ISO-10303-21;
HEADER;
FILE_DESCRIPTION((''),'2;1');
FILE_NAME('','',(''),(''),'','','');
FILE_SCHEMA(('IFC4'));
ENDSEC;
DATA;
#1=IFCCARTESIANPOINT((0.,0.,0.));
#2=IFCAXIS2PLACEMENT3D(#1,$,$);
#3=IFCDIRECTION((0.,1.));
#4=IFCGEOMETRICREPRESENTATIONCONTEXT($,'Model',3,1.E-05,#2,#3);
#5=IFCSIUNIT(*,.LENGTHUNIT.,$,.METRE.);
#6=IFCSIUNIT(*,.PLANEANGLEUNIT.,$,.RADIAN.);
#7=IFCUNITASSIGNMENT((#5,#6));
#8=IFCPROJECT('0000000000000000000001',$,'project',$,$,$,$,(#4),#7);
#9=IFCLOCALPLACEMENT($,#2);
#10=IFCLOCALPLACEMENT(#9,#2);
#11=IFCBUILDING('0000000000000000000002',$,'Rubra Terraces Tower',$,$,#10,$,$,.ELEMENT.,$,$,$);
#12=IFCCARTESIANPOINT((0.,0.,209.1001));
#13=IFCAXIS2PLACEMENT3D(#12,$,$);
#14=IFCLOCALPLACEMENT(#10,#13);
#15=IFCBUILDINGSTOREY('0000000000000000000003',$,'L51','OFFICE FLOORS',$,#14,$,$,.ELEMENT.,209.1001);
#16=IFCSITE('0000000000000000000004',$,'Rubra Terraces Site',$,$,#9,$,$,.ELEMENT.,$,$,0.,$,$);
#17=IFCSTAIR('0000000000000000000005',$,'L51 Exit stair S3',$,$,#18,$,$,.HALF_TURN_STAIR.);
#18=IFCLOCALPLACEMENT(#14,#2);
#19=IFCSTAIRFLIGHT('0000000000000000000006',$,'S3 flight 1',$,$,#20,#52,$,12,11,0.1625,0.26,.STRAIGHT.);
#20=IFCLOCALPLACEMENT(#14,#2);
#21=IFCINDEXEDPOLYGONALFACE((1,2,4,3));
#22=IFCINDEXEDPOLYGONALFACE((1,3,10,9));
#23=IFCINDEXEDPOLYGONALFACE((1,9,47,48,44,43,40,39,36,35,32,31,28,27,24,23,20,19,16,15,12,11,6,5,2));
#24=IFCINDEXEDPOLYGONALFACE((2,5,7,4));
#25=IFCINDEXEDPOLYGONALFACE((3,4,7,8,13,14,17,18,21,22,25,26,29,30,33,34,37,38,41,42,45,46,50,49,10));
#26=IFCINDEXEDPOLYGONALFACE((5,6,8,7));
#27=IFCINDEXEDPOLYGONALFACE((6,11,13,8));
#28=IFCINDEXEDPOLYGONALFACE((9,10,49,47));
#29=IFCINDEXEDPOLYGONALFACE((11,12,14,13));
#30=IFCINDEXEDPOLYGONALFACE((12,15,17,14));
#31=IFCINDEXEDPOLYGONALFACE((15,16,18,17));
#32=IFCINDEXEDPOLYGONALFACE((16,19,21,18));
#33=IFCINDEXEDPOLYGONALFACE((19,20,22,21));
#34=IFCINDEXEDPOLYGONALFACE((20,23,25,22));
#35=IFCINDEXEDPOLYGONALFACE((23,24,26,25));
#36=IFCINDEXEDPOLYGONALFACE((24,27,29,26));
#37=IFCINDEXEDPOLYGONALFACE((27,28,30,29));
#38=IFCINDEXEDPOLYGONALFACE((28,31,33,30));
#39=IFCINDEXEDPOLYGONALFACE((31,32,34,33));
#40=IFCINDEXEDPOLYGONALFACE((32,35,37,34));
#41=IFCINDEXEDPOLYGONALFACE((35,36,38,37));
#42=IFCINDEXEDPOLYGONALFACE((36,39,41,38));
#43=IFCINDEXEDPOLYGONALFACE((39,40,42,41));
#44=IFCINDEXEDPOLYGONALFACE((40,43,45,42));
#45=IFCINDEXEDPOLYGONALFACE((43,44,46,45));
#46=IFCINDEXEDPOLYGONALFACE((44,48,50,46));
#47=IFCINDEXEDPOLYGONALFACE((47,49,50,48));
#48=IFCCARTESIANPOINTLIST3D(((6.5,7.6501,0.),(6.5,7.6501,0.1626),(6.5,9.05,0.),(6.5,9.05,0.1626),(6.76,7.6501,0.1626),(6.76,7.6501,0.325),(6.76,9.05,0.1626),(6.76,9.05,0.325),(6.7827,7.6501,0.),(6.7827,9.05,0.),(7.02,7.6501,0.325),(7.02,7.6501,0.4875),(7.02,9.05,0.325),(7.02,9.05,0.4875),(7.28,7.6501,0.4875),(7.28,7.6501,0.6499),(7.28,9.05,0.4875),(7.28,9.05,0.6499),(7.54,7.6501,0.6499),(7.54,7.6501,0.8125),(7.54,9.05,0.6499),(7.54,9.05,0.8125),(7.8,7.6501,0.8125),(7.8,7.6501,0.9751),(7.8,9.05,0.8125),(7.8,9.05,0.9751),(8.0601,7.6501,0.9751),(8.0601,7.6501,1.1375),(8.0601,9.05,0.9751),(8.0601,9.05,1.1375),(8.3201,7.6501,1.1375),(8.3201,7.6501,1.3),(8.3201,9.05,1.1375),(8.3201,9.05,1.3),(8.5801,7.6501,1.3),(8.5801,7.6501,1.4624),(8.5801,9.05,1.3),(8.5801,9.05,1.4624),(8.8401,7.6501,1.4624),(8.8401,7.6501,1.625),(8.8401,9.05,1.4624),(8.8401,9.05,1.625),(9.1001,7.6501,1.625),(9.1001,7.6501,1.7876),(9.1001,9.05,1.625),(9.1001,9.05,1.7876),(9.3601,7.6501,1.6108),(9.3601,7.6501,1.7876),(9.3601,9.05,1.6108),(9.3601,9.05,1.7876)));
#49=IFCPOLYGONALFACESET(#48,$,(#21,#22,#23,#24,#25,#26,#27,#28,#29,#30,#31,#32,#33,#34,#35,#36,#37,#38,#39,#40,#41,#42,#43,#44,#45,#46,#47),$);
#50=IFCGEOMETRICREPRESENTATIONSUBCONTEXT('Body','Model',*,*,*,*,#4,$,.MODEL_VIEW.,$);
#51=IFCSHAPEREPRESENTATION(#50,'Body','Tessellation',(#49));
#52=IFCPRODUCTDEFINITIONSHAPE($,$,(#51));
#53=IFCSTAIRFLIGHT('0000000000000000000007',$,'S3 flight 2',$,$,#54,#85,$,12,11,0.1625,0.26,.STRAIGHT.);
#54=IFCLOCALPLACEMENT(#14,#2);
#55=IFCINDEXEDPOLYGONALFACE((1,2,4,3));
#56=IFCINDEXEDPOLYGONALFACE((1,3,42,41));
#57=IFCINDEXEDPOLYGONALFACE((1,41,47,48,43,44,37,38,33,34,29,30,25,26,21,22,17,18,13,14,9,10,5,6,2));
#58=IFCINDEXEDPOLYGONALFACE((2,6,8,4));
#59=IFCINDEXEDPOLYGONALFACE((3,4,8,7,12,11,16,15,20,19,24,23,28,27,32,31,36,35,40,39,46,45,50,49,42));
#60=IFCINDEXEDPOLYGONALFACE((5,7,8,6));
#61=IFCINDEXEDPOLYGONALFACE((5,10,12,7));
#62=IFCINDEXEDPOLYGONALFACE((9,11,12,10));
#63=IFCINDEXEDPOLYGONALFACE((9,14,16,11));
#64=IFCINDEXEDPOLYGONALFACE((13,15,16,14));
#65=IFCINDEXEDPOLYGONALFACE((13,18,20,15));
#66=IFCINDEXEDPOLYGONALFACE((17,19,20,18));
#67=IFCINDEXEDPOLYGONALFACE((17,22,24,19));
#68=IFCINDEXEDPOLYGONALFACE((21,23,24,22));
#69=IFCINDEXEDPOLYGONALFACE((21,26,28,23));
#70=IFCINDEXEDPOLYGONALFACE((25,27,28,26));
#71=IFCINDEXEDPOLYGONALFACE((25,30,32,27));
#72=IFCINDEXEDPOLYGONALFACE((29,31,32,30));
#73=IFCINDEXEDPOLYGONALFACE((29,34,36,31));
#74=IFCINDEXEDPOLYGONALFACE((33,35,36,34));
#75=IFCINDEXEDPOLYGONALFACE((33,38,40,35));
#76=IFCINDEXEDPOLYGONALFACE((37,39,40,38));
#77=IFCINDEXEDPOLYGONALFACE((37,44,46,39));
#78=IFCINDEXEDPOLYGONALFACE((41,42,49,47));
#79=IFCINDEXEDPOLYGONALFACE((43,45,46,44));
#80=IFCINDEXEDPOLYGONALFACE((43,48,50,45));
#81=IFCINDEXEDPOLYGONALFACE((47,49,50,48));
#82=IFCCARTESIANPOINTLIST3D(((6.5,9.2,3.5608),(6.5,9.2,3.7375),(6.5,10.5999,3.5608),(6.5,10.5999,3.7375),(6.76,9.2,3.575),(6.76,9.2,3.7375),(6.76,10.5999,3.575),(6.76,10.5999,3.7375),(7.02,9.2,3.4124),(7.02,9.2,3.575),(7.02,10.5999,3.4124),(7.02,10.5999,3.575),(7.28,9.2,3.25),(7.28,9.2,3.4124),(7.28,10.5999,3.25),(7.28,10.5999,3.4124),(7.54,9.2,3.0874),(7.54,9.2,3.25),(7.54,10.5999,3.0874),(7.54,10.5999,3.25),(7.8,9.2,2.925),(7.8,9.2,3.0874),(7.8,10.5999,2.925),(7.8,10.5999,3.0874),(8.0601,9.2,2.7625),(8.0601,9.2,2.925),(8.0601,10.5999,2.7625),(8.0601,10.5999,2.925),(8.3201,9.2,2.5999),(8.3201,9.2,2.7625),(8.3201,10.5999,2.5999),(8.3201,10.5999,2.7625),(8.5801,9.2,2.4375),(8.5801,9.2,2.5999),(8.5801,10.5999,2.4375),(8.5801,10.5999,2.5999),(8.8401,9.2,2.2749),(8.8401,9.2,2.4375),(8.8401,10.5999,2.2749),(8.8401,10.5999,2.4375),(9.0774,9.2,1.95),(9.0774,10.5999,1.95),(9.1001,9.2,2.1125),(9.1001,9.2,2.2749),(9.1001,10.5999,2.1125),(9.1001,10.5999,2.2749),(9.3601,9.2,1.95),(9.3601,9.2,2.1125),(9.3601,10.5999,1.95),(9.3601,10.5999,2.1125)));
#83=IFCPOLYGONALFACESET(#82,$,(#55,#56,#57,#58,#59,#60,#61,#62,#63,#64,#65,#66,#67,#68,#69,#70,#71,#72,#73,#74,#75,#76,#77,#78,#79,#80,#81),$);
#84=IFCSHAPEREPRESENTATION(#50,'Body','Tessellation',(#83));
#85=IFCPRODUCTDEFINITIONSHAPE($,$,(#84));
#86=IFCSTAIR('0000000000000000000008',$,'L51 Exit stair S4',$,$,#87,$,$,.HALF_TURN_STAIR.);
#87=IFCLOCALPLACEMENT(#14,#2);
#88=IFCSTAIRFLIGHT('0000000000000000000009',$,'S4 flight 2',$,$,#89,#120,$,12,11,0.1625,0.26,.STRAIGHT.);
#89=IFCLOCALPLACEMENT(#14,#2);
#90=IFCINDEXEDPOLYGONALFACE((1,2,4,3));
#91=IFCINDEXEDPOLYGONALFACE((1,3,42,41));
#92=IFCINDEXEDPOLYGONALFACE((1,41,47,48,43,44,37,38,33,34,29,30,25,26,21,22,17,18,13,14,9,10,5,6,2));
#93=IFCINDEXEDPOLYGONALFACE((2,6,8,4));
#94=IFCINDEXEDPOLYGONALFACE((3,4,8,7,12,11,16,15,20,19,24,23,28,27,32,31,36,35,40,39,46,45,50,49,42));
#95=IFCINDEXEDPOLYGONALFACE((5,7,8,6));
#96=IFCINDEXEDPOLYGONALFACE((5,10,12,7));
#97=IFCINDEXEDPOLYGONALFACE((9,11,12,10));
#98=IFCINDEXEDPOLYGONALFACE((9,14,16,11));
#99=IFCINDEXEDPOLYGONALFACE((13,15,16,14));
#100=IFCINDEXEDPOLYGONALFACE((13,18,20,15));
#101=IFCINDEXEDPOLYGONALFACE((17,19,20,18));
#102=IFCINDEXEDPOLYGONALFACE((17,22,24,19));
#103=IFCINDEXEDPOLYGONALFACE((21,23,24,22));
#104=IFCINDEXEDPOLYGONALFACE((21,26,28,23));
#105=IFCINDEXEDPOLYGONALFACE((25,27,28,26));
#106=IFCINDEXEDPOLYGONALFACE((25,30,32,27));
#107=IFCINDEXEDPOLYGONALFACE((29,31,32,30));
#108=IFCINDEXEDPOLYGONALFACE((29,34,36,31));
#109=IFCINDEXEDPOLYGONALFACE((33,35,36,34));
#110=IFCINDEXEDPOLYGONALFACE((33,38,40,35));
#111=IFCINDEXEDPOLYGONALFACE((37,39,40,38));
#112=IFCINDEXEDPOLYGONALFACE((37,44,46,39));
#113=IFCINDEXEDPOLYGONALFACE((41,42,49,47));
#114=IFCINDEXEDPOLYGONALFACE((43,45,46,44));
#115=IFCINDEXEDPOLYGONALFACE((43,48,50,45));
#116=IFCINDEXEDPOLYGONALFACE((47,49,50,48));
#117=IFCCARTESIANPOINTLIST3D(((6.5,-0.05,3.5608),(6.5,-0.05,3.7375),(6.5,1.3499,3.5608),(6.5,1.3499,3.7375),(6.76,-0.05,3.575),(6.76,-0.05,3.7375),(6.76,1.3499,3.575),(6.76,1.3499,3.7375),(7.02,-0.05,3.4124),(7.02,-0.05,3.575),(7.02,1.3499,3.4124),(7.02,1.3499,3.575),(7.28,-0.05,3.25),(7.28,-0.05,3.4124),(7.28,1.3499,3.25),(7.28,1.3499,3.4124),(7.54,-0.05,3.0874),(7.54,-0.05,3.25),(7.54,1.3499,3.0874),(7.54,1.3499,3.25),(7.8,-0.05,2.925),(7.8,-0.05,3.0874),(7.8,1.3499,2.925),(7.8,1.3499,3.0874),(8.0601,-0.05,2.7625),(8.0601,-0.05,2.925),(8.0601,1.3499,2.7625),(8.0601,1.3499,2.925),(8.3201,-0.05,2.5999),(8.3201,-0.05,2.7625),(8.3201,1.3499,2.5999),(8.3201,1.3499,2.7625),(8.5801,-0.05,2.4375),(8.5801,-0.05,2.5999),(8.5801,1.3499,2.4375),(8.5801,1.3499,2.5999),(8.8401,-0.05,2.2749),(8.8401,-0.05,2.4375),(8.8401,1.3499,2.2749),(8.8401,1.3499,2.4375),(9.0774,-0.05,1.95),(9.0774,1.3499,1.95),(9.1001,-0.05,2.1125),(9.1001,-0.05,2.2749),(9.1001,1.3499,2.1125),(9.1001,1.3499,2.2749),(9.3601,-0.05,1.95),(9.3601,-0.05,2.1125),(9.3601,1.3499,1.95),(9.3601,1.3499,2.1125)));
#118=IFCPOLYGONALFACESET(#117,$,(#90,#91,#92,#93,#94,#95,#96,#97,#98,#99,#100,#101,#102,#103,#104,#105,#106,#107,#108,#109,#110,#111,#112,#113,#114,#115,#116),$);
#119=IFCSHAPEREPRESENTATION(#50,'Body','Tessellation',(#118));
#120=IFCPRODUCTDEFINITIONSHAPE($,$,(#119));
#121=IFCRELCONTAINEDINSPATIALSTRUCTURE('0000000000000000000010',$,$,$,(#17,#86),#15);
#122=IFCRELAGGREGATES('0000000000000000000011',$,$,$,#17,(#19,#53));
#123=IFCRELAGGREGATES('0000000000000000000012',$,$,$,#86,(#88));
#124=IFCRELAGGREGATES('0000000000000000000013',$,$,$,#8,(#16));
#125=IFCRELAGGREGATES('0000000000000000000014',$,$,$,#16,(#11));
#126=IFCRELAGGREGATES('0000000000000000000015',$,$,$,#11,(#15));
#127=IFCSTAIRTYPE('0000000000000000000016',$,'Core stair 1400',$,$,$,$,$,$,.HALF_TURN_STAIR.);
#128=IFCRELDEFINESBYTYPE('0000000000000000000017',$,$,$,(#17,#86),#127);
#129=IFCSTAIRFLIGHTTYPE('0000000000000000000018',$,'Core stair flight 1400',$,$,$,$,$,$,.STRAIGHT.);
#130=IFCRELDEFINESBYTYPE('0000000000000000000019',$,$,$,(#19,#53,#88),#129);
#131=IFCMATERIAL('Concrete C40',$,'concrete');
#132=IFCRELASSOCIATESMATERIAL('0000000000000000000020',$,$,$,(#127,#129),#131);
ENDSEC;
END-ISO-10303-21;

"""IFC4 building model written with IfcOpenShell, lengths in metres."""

from ifc_helpers import new_model, si_unit, direction, frame, origin, place, context, subcontext, project, spatial, polyline, outline, extrude, material, type_object, element, aggregate, save


model = new_model("IFC4")

# Units and contexts
model_context = context("Model", 3, precision=1e-05, world=origin(), true_north=direction((0.0, 1.0)))
body_context = subcontext(model_context, "Body", "Model", "MODEL_VIEW")
ifc_project = project(units=[si_unit("LENGTHUNIT", "METRE"), si_unit("PLANEANGLEUNIT", "RADIAN")], contexts=[model_context])

# Site, building, storey
site_placement = place(None, origin())
site = spatial("IfcSite", under=ifc_project, at=site_placement, Name="Rubra Terraces Site", CompositionType="ELEMENT", RefElevation=0.0)
building_placement = place(site_placement, origin())
building = spatial("IfcBuilding", under=site, at=building_placement, Name="Rubra Terraces Tower", CompositionType="ELEMENT")
storey_placement = place(building_placement, frame((0.0, 0.0, 209.1001)))
storey = spatial("IfcBuildingStorey", under=building, at=storey_placement, Name="L51", Description="OFFICE FLOORS", CompositionType="ELEMENT", Elevation=209.1001)

# Shared definitions
ifc_material_1 = material(Name="Concrete C40", Category="concrete")

# Stair, stair flights
stair_type = type_object("IfcStairType", Name="Core stair 1400", PredefinedType="HALF_TURN_STAIR", material=ifc_material_1)
stair_1_placement = place(storey_placement, origin())
stair_1 = element("IfcStair", 1, at=stair_1_placement, inside=storey, type_object=stair_type, Name="L51 Exit stair S3", PredefinedType="HALF_TURN_STAIR")
stair_flight_type = type_object("IfcStairFlightType", Name="Core stair flight 1400", PredefinedType="STRAIGHT", material=ifc_material_1)
stair_flight_1_placement = place(storey_placement, frame((6.5, 8.3501, 0.0), z_axis=(0.0, 0.0, 1.0), x_axis=(1.0, 0.0, 0.0)))
stair_flight_1 = element("IfcStairFlight", 2, at=stair_flight_1_placement, type_object=stair_flight_type, Name="S3 flight 1", NumberOfRisers=12, NumberOfTreads=11, PredefinedType="STRAIGHT", RiserHeight=0.1625, TreadLength=0.26, context=body_context, shape_type="SweptSolid", body=[
    extrude(outline(polyline([(0.0, 0.0), (0.0, 0.1626), (0.26, 0.1626), (0.26, 0.325), (0.52, 0.325), (0.52, 0.4875), (0.78, 0.4875), (0.78, 0.6499), (1.04, 0.6499), (1.04, 0.8125), (1.3, 0.8125), (1.3, 0.9751), (1.5601, 0.9751), (1.5601, 1.1375), (1.8201, 1.1375), (1.8201, 1.3), (2.0801, 1.3), (2.0801, 1.4624), (2.3401, 1.4624), (2.3401, 1.625), (2.6001, 1.625), (2.6001, 1.7876), (2.8601, 1.7876), (2.8601, 1.95), (2.8601, 1.6108), (0.2827, 0.0), (0.0, 0.0)])), frame((0.0, 0.7, 0.0), z_axis=(0.0, -1.0, 0.0), x_axis=(1.0, 0.0, 0.0)), (0.0, 0.0, 1.0), 1.3999),
])
stair_flight_2_placement = place(storey_placement, frame((9.3601, 9.8999, 1.95), z_axis=(0.0, 0.0, 1.0), x_axis=(-1.0, 0.0, 0.0)))
stair_flight_2 = element("IfcStairFlight", 3, at=stair_flight_2_placement, type_object=stair_flight_type, Name="S3 flight 2", NumberOfRisers=12, NumberOfTreads=11, PredefinedType="STRAIGHT", RiserHeight=0.1625, TreadLength=0.26, context=body_context, shape_type="SweptSolid", body=[
    extrude(outline(polyline([(0.0, 0.0), (0.0, 0.1626), (0.26, 0.1626), (0.26, 0.325), (0.52, 0.325), (0.52, 0.4875), (0.78, 0.4875), (0.78, 0.6499), (1.04, 0.6499), (1.04, 0.8125), (1.3, 0.8125), (1.3, 0.9751), (1.5601, 0.9751), (1.5601, 1.1375), (1.8201, 1.1375), (1.8201, 1.3), (2.0801, 1.3), (2.0801, 1.4624), (2.3401, 1.4624), (2.3401, 1.625), (2.6001, 1.625), (2.6001, 1.7876), (2.8601, 1.7876), (2.8601, 1.95), (2.8601, 1.6108), (0.2827, 0.0), (0.0, 0.0)])), frame((0.0, 0.7, 0.0), z_axis=(0.0, -1.0, 0.0), x_axis=(1.0, 0.0, 0.0)), (0.0, 0.0, 1.0), 1.3999),
])
aggregate(stair_1, [stair_flight_1, stair_flight_2])

# Stair, stair flight
stair_2_placement = place(storey_placement, origin())
stair_2 = element("IfcStair", 4, at=stair_2_placement, inside=storey, type_object=stair_type, Name="L51 Exit stair S4", PredefinedType="HALF_TURN_STAIR")
stair_flight_3_placement = place(storey_placement, frame((9.3601, 0.6499, 1.95), z_axis=(0.0, 0.0, 1.0), x_axis=(-1.0, 0.0, 0.0)))
stair_flight_3 = element("IfcStairFlight", 5, at=stair_flight_3_placement, type_object=stair_flight_type, Name="S4 flight 2", NumberOfRisers=12, NumberOfTreads=11, PredefinedType="STRAIGHT", RiserHeight=0.1625, TreadLength=0.26, context=body_context, shape_type="SweptSolid", body=[
    extrude(outline(polyline([(0.0, 0.0), (0.0, 0.1626), (0.26, 0.1626), (0.26, 0.325), (0.52, 0.325), (0.52, 0.4875), (0.78, 0.4875), (0.78, 0.6499), (1.04, 0.6499), (1.04, 0.8125), (1.3, 0.8125), (1.3, 0.9751), (1.5601, 0.9751), (1.5601, 1.1375), (1.8201, 1.1375), (1.8201, 1.3), (2.0801, 1.3), (2.0801, 1.4624), (2.3401, 1.4624), (2.3401, 1.625), (2.6001, 1.625), (2.6001, 1.7876), (2.8601, 1.7876), (2.8601, 1.95), (2.8601, 1.6108), (0.2827, 0.0), (0.0, 0.0)])), frame((0.0, 0.7, 0.0), z_axis=(0.0, -1.0, 0.0), x_axis=(1.0, 0.0, 0.0)), (0.0, 0.0, 1.0), 1.3999),
])
aggregate(stair_2, [stair_flight_3])

save(model, "model.ifc")
